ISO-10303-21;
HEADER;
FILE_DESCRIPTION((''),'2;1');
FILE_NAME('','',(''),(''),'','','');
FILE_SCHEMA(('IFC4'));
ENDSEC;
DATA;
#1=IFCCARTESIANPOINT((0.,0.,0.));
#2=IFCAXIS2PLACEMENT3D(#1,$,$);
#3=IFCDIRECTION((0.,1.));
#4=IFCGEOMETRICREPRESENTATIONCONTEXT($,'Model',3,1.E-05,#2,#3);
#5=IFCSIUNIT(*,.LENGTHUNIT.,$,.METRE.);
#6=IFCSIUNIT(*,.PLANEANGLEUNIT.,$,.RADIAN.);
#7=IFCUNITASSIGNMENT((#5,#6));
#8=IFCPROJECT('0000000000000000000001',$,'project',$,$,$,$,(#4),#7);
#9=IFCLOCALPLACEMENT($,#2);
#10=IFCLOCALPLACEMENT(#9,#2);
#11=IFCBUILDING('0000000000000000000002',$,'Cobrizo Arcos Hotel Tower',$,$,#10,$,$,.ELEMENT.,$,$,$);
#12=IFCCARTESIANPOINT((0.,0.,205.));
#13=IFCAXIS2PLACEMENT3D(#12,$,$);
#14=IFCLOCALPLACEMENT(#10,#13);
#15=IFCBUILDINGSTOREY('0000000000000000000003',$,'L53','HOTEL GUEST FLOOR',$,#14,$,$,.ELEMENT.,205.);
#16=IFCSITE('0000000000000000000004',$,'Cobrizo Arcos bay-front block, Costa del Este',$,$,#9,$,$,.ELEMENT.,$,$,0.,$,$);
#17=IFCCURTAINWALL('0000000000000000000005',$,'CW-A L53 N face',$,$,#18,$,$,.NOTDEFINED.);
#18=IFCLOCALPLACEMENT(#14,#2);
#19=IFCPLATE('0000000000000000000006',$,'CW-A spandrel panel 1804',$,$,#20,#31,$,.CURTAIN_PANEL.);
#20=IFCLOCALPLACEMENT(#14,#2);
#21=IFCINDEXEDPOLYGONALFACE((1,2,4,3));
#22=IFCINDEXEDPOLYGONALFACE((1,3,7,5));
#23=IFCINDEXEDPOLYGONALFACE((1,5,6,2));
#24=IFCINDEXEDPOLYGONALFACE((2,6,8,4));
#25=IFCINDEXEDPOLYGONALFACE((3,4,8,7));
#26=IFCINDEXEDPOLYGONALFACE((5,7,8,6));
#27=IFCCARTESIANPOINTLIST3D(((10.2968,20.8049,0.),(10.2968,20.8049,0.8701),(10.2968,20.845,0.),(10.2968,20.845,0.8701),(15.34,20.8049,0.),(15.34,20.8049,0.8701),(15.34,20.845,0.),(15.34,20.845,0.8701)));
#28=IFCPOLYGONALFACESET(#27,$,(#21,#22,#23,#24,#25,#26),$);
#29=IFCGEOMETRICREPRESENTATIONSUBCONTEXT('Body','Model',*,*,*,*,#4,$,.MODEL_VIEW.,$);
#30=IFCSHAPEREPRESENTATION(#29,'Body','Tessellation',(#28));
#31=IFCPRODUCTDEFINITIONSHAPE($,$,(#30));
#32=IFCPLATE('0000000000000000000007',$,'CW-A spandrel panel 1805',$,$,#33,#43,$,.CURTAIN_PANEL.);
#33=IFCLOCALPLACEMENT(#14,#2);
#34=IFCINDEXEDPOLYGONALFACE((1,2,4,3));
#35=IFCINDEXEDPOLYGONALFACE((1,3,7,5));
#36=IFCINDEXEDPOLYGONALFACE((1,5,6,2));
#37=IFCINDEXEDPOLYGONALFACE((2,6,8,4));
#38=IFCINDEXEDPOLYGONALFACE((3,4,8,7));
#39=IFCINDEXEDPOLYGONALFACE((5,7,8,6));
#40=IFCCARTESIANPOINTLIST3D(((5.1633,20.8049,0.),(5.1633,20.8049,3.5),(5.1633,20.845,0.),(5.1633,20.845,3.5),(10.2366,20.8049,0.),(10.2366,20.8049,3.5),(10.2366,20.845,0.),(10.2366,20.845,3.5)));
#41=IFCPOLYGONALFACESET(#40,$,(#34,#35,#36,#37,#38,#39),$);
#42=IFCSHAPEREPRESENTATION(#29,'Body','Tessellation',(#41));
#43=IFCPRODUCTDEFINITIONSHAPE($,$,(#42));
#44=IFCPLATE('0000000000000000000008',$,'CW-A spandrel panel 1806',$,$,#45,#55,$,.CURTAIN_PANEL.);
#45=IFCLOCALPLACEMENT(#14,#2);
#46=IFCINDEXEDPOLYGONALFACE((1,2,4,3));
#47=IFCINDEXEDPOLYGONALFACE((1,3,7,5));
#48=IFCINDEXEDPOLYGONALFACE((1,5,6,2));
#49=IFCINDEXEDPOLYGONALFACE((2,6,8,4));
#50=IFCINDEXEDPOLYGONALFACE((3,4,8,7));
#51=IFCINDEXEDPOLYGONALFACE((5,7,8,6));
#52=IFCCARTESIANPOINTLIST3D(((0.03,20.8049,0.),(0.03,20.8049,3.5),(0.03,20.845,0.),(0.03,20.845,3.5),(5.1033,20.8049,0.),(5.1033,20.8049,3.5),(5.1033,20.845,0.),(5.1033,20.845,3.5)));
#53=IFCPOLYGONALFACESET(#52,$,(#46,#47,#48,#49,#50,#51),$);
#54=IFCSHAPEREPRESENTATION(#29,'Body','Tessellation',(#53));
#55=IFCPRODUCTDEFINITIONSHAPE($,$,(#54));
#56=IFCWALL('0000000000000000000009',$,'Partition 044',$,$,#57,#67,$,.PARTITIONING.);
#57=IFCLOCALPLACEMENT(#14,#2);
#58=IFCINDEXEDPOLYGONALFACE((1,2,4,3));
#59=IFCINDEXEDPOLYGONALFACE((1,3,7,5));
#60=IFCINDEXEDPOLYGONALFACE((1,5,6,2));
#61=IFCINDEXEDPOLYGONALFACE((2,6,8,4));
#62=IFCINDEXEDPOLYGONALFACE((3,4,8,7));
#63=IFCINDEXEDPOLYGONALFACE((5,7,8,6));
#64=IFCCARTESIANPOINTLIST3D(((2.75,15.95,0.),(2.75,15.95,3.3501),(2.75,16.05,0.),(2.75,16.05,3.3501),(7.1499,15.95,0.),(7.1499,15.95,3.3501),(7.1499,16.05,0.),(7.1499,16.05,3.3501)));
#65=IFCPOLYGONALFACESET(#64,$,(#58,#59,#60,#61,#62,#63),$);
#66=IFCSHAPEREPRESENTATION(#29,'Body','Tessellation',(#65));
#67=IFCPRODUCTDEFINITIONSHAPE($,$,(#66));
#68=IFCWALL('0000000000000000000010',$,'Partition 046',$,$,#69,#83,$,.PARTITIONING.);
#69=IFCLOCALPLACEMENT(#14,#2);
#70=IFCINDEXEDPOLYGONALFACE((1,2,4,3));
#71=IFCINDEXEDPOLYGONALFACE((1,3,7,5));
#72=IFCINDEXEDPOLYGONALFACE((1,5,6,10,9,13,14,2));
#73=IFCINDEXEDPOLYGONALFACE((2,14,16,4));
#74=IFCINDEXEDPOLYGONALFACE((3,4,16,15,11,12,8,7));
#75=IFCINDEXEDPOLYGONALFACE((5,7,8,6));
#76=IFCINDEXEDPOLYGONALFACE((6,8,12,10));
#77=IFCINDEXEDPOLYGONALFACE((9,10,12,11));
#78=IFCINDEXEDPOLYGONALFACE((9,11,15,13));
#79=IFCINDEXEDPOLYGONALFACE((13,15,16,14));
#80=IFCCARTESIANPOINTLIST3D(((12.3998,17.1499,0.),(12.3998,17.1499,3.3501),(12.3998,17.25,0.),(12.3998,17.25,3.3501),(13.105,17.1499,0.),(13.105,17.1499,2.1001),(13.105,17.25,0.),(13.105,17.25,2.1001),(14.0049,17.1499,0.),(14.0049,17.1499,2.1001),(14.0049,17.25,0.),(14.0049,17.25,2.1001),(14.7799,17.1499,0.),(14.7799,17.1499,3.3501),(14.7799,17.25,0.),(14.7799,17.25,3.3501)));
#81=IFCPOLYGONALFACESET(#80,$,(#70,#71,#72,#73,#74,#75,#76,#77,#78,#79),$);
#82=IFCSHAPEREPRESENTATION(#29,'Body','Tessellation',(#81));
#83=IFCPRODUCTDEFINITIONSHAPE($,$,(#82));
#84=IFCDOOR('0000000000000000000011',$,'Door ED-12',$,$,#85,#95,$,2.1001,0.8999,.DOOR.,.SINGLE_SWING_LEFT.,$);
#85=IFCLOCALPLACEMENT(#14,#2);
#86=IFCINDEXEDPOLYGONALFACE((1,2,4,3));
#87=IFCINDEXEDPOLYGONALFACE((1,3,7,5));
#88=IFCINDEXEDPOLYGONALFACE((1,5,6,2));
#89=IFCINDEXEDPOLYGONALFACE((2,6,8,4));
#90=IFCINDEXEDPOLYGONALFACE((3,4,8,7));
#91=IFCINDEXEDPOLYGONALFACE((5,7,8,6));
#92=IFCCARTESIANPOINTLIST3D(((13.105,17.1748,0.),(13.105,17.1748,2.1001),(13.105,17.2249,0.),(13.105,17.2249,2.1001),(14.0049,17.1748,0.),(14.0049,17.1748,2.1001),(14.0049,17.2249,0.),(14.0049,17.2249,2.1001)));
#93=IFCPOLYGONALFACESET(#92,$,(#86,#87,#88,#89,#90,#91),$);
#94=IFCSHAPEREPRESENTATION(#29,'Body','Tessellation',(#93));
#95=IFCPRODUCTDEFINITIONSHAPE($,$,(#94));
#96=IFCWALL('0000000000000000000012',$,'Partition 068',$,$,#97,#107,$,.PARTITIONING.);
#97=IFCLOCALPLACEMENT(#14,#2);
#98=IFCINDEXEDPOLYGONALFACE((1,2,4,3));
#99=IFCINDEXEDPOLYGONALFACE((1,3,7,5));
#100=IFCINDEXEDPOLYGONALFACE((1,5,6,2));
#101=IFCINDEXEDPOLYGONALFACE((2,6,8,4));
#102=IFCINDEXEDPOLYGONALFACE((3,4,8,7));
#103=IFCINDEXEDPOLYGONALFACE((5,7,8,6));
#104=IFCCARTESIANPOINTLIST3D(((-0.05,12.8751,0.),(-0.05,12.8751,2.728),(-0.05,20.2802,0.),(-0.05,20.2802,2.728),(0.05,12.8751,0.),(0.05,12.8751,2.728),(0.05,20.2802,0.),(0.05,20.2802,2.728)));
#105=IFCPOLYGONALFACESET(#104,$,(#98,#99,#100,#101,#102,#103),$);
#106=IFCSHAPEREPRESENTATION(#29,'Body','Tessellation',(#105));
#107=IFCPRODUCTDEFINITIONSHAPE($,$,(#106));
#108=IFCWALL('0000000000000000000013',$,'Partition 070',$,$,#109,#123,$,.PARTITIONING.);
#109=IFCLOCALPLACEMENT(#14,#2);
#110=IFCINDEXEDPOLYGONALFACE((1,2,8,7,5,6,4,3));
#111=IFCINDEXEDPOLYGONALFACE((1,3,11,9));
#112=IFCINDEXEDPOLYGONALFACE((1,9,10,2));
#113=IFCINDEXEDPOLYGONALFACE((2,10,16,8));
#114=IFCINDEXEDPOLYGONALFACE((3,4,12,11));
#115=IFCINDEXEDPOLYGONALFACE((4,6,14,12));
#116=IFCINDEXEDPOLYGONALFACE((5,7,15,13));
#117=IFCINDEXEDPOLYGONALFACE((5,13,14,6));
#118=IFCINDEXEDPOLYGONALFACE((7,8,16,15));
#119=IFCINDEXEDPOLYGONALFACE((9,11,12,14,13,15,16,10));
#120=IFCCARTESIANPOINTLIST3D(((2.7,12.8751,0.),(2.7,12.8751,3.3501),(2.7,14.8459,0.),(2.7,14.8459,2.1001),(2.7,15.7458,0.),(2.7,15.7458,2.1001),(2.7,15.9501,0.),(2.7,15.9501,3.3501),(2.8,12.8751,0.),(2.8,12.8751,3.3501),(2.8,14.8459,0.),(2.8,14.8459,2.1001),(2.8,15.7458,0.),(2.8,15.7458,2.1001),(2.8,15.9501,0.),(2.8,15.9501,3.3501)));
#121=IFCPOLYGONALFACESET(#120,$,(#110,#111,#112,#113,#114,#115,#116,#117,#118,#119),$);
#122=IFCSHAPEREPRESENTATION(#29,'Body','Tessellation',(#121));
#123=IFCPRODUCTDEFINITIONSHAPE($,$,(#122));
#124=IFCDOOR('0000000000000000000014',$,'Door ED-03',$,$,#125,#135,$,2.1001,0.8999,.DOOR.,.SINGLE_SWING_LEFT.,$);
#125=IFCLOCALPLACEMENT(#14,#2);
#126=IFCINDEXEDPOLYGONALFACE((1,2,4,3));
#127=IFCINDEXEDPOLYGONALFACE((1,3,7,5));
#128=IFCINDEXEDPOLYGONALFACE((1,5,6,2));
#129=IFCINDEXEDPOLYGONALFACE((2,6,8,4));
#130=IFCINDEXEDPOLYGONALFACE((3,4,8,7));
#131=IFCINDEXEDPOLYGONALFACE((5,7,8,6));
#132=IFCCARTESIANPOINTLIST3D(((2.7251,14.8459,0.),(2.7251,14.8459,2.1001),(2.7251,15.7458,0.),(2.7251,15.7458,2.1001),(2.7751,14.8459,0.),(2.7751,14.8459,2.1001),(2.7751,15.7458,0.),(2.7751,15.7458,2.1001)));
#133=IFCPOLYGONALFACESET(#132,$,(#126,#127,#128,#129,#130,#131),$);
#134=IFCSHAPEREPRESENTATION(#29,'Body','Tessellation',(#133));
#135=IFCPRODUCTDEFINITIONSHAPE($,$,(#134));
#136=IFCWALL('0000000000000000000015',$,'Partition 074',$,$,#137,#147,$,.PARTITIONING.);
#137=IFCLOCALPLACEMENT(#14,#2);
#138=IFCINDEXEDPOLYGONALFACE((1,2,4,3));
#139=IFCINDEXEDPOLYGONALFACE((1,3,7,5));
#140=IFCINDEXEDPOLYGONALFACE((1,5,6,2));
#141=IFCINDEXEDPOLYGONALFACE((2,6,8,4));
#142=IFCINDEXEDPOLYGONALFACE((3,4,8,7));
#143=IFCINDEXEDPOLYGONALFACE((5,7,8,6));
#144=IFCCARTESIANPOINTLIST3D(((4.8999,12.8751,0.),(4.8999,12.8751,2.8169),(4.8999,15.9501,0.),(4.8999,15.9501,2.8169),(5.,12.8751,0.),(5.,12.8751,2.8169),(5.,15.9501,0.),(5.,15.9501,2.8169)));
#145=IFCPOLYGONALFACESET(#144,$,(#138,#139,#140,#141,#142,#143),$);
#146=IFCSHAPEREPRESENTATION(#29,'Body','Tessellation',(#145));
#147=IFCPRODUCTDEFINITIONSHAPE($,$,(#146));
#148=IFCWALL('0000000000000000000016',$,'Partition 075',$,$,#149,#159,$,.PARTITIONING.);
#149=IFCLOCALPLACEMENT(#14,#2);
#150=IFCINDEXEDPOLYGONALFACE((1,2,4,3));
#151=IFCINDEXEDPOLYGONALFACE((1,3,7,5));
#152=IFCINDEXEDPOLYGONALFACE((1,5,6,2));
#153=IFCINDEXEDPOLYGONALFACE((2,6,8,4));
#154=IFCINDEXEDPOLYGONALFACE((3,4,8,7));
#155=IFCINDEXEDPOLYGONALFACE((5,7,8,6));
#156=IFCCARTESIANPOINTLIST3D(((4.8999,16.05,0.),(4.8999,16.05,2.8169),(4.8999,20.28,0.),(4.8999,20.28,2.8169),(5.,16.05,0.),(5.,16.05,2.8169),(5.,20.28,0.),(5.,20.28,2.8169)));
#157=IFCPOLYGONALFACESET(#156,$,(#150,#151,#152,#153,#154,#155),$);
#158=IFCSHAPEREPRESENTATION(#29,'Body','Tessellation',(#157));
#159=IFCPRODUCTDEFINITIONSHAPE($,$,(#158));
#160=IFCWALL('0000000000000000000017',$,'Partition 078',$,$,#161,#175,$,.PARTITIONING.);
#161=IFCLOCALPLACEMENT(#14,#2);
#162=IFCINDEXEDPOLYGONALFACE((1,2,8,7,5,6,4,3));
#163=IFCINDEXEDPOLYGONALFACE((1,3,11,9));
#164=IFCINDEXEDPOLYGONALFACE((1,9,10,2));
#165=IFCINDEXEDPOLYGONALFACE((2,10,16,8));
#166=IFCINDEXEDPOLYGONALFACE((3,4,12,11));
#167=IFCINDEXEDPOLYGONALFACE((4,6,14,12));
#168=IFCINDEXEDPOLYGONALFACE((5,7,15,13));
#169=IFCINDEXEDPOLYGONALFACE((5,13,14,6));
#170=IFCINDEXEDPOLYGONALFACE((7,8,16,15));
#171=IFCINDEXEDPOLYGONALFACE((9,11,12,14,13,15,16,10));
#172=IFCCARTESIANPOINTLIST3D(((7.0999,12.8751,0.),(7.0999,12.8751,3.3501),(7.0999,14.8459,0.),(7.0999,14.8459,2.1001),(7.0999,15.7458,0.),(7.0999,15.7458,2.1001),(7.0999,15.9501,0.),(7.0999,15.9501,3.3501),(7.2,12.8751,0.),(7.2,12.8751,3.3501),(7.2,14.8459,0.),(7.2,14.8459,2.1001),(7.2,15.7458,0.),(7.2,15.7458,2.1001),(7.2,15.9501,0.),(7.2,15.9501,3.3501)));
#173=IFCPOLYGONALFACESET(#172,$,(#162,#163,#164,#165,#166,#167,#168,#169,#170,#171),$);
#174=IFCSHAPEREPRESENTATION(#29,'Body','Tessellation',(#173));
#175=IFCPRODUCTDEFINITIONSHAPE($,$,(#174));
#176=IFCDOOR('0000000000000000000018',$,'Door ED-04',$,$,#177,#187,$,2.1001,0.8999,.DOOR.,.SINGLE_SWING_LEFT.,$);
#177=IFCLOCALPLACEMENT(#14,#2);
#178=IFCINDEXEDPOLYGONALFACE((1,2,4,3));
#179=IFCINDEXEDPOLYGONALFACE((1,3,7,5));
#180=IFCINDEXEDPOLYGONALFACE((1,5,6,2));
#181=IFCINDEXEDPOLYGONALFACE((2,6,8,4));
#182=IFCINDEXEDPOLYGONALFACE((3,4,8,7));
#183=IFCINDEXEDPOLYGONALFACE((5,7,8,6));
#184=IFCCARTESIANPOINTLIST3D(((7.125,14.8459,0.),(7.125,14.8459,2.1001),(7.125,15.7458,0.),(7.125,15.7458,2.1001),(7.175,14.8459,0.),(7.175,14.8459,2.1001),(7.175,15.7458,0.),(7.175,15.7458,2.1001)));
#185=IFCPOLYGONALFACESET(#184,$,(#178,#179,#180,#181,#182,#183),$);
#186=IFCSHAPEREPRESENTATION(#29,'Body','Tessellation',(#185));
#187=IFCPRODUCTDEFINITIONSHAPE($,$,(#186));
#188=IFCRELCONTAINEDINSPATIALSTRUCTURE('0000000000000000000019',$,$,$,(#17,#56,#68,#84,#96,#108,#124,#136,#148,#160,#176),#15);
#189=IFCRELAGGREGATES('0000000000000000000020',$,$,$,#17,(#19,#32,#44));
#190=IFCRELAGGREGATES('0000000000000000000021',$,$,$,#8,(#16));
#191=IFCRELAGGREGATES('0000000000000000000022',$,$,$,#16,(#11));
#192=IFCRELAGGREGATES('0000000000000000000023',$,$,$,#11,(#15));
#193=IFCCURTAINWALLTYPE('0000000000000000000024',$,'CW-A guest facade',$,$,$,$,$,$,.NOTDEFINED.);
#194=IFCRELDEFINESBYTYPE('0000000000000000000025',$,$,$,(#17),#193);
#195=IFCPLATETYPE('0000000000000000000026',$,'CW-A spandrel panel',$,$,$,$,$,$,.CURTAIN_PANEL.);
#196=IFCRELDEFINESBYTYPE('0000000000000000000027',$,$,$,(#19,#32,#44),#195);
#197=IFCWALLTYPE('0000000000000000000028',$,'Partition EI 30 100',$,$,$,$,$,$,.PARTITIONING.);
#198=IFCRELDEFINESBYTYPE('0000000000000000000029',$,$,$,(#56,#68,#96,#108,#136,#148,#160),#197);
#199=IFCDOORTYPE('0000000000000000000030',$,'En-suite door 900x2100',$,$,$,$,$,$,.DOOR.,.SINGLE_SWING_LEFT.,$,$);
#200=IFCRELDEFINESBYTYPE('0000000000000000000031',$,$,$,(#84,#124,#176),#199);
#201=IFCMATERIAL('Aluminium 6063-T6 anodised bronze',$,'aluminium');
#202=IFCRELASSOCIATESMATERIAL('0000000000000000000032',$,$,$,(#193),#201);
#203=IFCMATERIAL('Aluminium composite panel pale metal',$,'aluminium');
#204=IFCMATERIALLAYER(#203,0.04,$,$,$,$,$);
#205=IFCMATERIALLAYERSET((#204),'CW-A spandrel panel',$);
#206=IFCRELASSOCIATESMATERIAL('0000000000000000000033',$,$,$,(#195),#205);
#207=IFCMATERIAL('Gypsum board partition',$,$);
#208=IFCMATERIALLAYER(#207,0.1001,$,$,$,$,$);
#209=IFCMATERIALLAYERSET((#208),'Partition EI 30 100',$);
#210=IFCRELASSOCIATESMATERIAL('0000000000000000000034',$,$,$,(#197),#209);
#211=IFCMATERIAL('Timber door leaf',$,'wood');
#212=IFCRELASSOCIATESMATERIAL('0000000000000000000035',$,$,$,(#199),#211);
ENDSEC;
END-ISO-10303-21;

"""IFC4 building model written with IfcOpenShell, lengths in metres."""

from ifc_helpers import new_model, si_unit, direction, frame, frame_2d, origin, origin_2d, place, context, subcontext, project, spatial, rectangle, extrude, material, layer, layer_set, type_object, element, fill, aggregate, save


model = new_model("IFC4")

# Units and contexts
model_context = context("Model", 3, precision=1e-05, world=origin(), true_north=direction((0.0, 1.0)))
body_context = subcontext(model_context, "Body", "Model", "MODEL_VIEW")
ifc_project = project(units=[si_unit("LENGTHUNIT", "METRE"), si_unit("PLANEANGLEUNIT", "RADIAN")], contexts=[model_context])

# Site, building, storey
site_placement = place(None, origin())
site = spatial("IfcSite", under=ifc_project, at=site_placement, Name="Cobrizo Arcos bay-front block, Costa del Este", CompositionType="ELEMENT", RefElevation=0.0)
building_placement = place(site_placement, origin())
building = spatial("IfcBuilding", under=site, at=building_placement, Name="Cobrizo Arcos Hotel Tower", CompositionType="ELEMENT")
storey_placement = place(building_placement, frame((0.0, 0.0, 205.0)))
storey = spatial("IfcBuildingStorey", under=building, at=storey_placement, Name="L53", Description="HOTEL GUEST FLOOR", CompositionType="ELEMENT", Elevation=205.0)

# Curtain wall
ifc_material_1 = material(Name="Aluminium 6063-T6 anodised bronze", Category="aluminium")
curtain_wall_type = type_object("IfcCurtainWallType", Name="CW-A guest facade", PredefinedType="NOTDEFINED", material=ifc_material_1)
curtain_wall_placement = place(storey_placement, origin())
curtain_wall = element("IfcCurtainWall", 1, at=curtain_wall_placement, inside=storey, type_object=curtain_wall_type, Name="CW-A L53 N face", PredefinedType="NOTDEFINED")

# Plates
ifc_material_2 = material(Name="Aluminium composite panel pale metal", Category="aluminium")
ifc_layer_1 = layer(ifc_material_2, 0.04)
ifc_layer_set_1 = layer_set([ifc_layer_1], Name="CW-A spandrel panel")
plate_type_1 = type_object("IfcPlateType", Name="CW-A spandrel panel", PredefinedType="CURTAIN_PANEL", material=ifc_layer_set_1)
plate_1_placement = place(storey_placement, frame((12.8184, 20.825, 0.0), z_axis=(0.0, 0.0, 1.0), x_axis=(-1.0, 0.0, 0.0)))
plate_1 = element("IfcPlate", 2, at=plate_1_placement, type_object=plate_type_1, Name="CW-A spandrel panel 1804", PredefinedType="CURTAIN_PANEL", context=body_context, shape_type="SweptSolid", body=[
    extrude(rectangle(XDim=5.0432, YDim=0.04, at=origin_2d()), origin(), (0.0, 0.0, 1.0), 0.8701),
])
plate_2_placement = place(storey_placement, frame((7.7, 20.825, 0.0), z_axis=(0.0, 0.0, 1.0), x_axis=(-1.0, 0.0, 0.0)))
plate_2 = element("IfcPlate", 3, at=plate_2_placement, type_object=plate_type_1, Name="CW-A spandrel panel 1805", PredefinedType="CURTAIN_PANEL", context=body_context, shape_type="SweptSolid", body=[
    extrude(rectangle(XDim=5.0732, YDim=0.04, at=origin_2d()), origin(), (0.0, 0.0, 1.0), 3.5),
])
plate_3_placement = place(storey_placement, frame((2.5667, 20.825, 0.0), z_axis=(0.0, 0.0, 1.0), x_axis=(-1.0, 0.0, 0.0)))
plate_3 = element("IfcPlate", 4, at=plate_3_placement, type_object=plate_type_1, Name="CW-A spandrel panel 1806", PredefinedType="CURTAIN_PANEL", context=body_context, shape_type="SweptSolid", body=[
    extrude(rectangle(XDim=5.0732, YDim=0.04, at=origin_2d()), origin(), (0.0, 0.0, 1.0), 3.5),
])
aggregate(curtain_wall, [plate_1, plate_2, plate_3])

# Wall
ifc_material_3 = material(Name="Gypsum board partition")
ifc_layer_2 = layer(ifc_material_3, 0.1001)
ifc_layer_set_2 = layer_set([ifc_layer_2], Name="Partition EI 30 100")
wall_type = type_object("IfcWallType", Name="Partition EI 30 100", PredefinedType="PARTITIONING", material=ifc_layer_set_2)
wall_1_placement = place(storey_placement, frame((2.75, 16.0, 0.0), z_axis=(0.0, 0.0, 1.0), x_axis=(1.0, 0.0, 0.0)))
element("IfcWall", 5, at=wall_1_placement, inside=storey, type_object=wall_type, Name="Partition 044", PredefinedType="PARTITIONING", context=body_context, shape_type="SweptSolid", body=[
    extrude(rectangle(XDim=4.3999, YDim=0.1001, at=frame_2d((2.2, 0.0))), origin(), (0.0, 0.0, 1.0), 3.3501),
])

# Wall, opening, door
wall_2_placement = place(storey_placement, frame((12.3999, 17.2, 0.0), z_axis=(0.0, 0.0, 1.0), x_axis=(1.0, 0.0, 0.0)))
wall_2 = element("IfcWall", 6, at=wall_2_placement, inside=storey, type_object=wall_type, Name="Partition 046", PredefinedType="PARTITIONING", context=body_context, shape_type="SweptSolid", body=[
    extrude(rectangle(XDim=2.3801, YDim=0.1001, at=frame_2d((1.1899, 0.0))), origin(), (0.0, 0.0, 1.0), 3.3501),
])
opening_1_placement = place(wall_2_placement, frame((0.7051, 0.0, 0.0)))
opening_1 = element("IfcOpeningElement", 7, at=opening_1_placement, cuts=wall_2, PredefinedType="OPENING", context=body_context, shape_type="SweptSolid", body=[
    extrude(rectangle(XDim=0.8999, YDim=2.1001, at=frame_2d((0.45, 1.05))), frame((0.0, 0.062, 0.0), z_axis=(0.0, -1.0, 0.0), x_axis=(1.0, 0.0, 0.0)), (0.0, 0.0, 1.0), 0.124),
])
ifc_material_4 = material(Name="Timber door leaf", Category="wood")
door_type = type_object("IfcDoorType", Name="En-suite door 900x2100", OperationType="SINGLE_SWING_LEFT", PredefinedType="DOOR", material=ifc_material_4)
door_1_placement = place(opening_1_placement, origin())
door_1 = element("IfcDoor", 8, at=door_1_placement, inside=storey, type_object=door_type, Name="Door ED-12", OperationType="SINGLE_SWING_LEFT", OverallHeight=2.1001, OverallWidth=0.8999, PredefinedType="DOOR", context=body_context, shape_type="SweptSolid", body=[
    extrude(rectangle(XDim=0.8999, YDim=2.1001, at=frame_2d((0.45, 1.05))), frame((0.0, 0.0249, 0.0), z_axis=(0.0, -1.0, 0.0), x_axis=(1.0, 0.0, 0.0)), (0.0, 0.0, 1.0), 0.05),
])
fill(opening_1, door_1)

# Wall
wall_3_placement = place(storey_placement, frame((0.0, 12.875, 0.0), z_axis=(0.0, 0.0, 1.0), x_axis=(0.0, 1.0, 0.0)))
element("IfcWall", 9, at=wall_3_placement, inside=storey, type_object=wall_type, Name="Partition 068", PredefinedType="PARTITIONING", context=body_context, shape_type="SweptSolid", body=[
    extrude(rectangle(XDim=7.405, YDim=0.1001, at=frame_2d((3.7026, 0.0))), origin(), (0.0, 0.0, 1.0), 2.728),
])

# Wall, opening, door
wall_4_placement = place(storey_placement, frame((2.75, 12.875, 0.0), z_axis=(0.0, 0.0, 1.0), x_axis=(0.0, 1.0, 0.0)))
wall_4 = element("IfcWall", 10, at=wall_4_placement, inside=storey, type_object=wall_type, Name="Partition 070", PredefinedType="PARTITIONING", context=body_context, shape_type="SweptSolid", body=[
    extrude(rectangle(XDim=3.075, YDim=0.1001, at=frame_2d((1.5376, 0.0))), origin(), (0.0, 0.0, 1.0), 3.3501),
])
opening_2_placement = place(wall_4_placement, frame((1.9709, 0.0, 0.0)))
opening_2 = element("IfcOpeningElement", 11, at=opening_2_placement, cuts=wall_4, PredefinedType="OPENING", context=body_context, shape_type="SweptSolid", body=[
    extrude(rectangle(XDim=0.8999, YDim=2.1001, at=frame_2d((0.45, 1.05))), frame((0.0, 0.062, 0.0), z_axis=(0.0, -1.0, 0.0), x_axis=(1.0, 0.0, 0.0)), (0.0, 0.0, 1.0), 0.124),
])
door_2_placement = place(opening_2_placement, origin())
door_2 = element("IfcDoor", 12, at=door_2_placement, inside=storey, type_object=door_type, Name="Door ED-03", OperationType="SINGLE_SWING_LEFT", OverallHeight=2.1001, OverallWidth=0.8999, PredefinedType="DOOR", context=body_context, shape_type="SweptSolid", body=[
    extrude(rectangle(XDim=0.8999, YDim=2.1001, at=frame_2d((0.45, 1.05))), frame((0.0, 0.0249, 0.0), z_axis=(0.0, -1.0, 0.0), x_axis=(1.0, 0.0, 0.0)), (0.0, 0.0, 1.0), 0.05),
])
fill(opening_2, door_2)

# Walls
wall_5_placement = place(storey_placement, frame((4.95, 12.875, 0.0), z_axis=(0.0, 0.0, 1.0), x_axis=(0.0, 1.0, 0.0)))
element("IfcWall", 13, at=wall_5_placement, inside=storey, type_object=wall_type, Name="Partition 074", PredefinedType="PARTITIONING", context=body_context, shape_type="SweptSolid", body=[
    extrude(rectangle(XDim=3.075, YDim=0.1001, at=frame_2d((1.5376, 0.0))), origin(), (0.0, 0.0, 1.0), 2.8169),
])
wall_6_placement = place(storey_placement, frame((4.95, 16.05, 0.0), z_axis=(0.0, 0.0, 1.0), x_axis=(0.0, 1.0, 0.0)))
element("IfcWall", 14, at=wall_6_placement, inside=storey, type_object=wall_type, Name="Partition 075", PredefinedType="PARTITIONING", context=body_context, shape_type="SweptSolid", body=[
    extrude(rectangle(XDim=4.23, YDim=0.1001, at=frame_2d((2.115, 0.0))), origin(), (0.0, 0.0, 1.0), 2.8169),
])

# Wall, opening, door
wall_7_placement = place(storey_placement, frame((7.1499, 12.875, 0.0), z_axis=(0.0, 0.0, 1.0), x_axis=(0.0, 1.0, 0.0)))
wall_7 = element("IfcWall", 15, at=wall_7_placement, inside=storey, type_object=wall_type, Name="Partition 078", PredefinedType="PARTITIONING", context=body_context, shape_type="SweptSolid", body=[
    extrude(rectangle(XDim=3.075, YDim=0.1001, at=frame_2d((1.5376, 0.0))), origin(), (0.0, 0.0, 1.0), 3.3501),
])
opening_3_placement = place(wall_7_placement, frame((1.9709, 0.0, 0.0)))
opening_3 = element("IfcOpeningElement", 16, at=opening_3_placement, cuts=wall_7, PredefinedType="OPENING", context=body_context, shape_type="SweptSolid", body=[
    extrude(rectangle(XDim=0.8999, YDim=2.1001, at=frame_2d((0.45, 1.05))), frame((0.0, 0.062, 0.0), z_axis=(0.0, -1.0, 0.0), x_axis=(1.0, 0.0, 0.0)), (0.0, 0.0, 1.0), 0.124),
])
door_3_placement = place(opening_3_placement, origin())
door_3 = element("IfcDoor", 17, at=door_3_placement, inside=storey, type_object=door_type, Name="Door ED-04", OperationType="SINGLE_SWING_LEFT", OverallHeight=2.1001, OverallWidth=0.8999, PredefinedType="DOOR", context=body_context, shape_type="SweptSolid", body=[
    extrude(rectangle(XDim=0.8999, YDim=2.1001, at=frame_2d((0.45, 1.05))), frame((0.0, 0.0249, 0.0), z_axis=(0.0, -1.0, 0.0), x_axis=(1.0, 0.0, 0.0)), (0.0, 0.0, 1.0), 0.05),
])
fill(opening_3, door_3)

save(model, "model.ifc")
